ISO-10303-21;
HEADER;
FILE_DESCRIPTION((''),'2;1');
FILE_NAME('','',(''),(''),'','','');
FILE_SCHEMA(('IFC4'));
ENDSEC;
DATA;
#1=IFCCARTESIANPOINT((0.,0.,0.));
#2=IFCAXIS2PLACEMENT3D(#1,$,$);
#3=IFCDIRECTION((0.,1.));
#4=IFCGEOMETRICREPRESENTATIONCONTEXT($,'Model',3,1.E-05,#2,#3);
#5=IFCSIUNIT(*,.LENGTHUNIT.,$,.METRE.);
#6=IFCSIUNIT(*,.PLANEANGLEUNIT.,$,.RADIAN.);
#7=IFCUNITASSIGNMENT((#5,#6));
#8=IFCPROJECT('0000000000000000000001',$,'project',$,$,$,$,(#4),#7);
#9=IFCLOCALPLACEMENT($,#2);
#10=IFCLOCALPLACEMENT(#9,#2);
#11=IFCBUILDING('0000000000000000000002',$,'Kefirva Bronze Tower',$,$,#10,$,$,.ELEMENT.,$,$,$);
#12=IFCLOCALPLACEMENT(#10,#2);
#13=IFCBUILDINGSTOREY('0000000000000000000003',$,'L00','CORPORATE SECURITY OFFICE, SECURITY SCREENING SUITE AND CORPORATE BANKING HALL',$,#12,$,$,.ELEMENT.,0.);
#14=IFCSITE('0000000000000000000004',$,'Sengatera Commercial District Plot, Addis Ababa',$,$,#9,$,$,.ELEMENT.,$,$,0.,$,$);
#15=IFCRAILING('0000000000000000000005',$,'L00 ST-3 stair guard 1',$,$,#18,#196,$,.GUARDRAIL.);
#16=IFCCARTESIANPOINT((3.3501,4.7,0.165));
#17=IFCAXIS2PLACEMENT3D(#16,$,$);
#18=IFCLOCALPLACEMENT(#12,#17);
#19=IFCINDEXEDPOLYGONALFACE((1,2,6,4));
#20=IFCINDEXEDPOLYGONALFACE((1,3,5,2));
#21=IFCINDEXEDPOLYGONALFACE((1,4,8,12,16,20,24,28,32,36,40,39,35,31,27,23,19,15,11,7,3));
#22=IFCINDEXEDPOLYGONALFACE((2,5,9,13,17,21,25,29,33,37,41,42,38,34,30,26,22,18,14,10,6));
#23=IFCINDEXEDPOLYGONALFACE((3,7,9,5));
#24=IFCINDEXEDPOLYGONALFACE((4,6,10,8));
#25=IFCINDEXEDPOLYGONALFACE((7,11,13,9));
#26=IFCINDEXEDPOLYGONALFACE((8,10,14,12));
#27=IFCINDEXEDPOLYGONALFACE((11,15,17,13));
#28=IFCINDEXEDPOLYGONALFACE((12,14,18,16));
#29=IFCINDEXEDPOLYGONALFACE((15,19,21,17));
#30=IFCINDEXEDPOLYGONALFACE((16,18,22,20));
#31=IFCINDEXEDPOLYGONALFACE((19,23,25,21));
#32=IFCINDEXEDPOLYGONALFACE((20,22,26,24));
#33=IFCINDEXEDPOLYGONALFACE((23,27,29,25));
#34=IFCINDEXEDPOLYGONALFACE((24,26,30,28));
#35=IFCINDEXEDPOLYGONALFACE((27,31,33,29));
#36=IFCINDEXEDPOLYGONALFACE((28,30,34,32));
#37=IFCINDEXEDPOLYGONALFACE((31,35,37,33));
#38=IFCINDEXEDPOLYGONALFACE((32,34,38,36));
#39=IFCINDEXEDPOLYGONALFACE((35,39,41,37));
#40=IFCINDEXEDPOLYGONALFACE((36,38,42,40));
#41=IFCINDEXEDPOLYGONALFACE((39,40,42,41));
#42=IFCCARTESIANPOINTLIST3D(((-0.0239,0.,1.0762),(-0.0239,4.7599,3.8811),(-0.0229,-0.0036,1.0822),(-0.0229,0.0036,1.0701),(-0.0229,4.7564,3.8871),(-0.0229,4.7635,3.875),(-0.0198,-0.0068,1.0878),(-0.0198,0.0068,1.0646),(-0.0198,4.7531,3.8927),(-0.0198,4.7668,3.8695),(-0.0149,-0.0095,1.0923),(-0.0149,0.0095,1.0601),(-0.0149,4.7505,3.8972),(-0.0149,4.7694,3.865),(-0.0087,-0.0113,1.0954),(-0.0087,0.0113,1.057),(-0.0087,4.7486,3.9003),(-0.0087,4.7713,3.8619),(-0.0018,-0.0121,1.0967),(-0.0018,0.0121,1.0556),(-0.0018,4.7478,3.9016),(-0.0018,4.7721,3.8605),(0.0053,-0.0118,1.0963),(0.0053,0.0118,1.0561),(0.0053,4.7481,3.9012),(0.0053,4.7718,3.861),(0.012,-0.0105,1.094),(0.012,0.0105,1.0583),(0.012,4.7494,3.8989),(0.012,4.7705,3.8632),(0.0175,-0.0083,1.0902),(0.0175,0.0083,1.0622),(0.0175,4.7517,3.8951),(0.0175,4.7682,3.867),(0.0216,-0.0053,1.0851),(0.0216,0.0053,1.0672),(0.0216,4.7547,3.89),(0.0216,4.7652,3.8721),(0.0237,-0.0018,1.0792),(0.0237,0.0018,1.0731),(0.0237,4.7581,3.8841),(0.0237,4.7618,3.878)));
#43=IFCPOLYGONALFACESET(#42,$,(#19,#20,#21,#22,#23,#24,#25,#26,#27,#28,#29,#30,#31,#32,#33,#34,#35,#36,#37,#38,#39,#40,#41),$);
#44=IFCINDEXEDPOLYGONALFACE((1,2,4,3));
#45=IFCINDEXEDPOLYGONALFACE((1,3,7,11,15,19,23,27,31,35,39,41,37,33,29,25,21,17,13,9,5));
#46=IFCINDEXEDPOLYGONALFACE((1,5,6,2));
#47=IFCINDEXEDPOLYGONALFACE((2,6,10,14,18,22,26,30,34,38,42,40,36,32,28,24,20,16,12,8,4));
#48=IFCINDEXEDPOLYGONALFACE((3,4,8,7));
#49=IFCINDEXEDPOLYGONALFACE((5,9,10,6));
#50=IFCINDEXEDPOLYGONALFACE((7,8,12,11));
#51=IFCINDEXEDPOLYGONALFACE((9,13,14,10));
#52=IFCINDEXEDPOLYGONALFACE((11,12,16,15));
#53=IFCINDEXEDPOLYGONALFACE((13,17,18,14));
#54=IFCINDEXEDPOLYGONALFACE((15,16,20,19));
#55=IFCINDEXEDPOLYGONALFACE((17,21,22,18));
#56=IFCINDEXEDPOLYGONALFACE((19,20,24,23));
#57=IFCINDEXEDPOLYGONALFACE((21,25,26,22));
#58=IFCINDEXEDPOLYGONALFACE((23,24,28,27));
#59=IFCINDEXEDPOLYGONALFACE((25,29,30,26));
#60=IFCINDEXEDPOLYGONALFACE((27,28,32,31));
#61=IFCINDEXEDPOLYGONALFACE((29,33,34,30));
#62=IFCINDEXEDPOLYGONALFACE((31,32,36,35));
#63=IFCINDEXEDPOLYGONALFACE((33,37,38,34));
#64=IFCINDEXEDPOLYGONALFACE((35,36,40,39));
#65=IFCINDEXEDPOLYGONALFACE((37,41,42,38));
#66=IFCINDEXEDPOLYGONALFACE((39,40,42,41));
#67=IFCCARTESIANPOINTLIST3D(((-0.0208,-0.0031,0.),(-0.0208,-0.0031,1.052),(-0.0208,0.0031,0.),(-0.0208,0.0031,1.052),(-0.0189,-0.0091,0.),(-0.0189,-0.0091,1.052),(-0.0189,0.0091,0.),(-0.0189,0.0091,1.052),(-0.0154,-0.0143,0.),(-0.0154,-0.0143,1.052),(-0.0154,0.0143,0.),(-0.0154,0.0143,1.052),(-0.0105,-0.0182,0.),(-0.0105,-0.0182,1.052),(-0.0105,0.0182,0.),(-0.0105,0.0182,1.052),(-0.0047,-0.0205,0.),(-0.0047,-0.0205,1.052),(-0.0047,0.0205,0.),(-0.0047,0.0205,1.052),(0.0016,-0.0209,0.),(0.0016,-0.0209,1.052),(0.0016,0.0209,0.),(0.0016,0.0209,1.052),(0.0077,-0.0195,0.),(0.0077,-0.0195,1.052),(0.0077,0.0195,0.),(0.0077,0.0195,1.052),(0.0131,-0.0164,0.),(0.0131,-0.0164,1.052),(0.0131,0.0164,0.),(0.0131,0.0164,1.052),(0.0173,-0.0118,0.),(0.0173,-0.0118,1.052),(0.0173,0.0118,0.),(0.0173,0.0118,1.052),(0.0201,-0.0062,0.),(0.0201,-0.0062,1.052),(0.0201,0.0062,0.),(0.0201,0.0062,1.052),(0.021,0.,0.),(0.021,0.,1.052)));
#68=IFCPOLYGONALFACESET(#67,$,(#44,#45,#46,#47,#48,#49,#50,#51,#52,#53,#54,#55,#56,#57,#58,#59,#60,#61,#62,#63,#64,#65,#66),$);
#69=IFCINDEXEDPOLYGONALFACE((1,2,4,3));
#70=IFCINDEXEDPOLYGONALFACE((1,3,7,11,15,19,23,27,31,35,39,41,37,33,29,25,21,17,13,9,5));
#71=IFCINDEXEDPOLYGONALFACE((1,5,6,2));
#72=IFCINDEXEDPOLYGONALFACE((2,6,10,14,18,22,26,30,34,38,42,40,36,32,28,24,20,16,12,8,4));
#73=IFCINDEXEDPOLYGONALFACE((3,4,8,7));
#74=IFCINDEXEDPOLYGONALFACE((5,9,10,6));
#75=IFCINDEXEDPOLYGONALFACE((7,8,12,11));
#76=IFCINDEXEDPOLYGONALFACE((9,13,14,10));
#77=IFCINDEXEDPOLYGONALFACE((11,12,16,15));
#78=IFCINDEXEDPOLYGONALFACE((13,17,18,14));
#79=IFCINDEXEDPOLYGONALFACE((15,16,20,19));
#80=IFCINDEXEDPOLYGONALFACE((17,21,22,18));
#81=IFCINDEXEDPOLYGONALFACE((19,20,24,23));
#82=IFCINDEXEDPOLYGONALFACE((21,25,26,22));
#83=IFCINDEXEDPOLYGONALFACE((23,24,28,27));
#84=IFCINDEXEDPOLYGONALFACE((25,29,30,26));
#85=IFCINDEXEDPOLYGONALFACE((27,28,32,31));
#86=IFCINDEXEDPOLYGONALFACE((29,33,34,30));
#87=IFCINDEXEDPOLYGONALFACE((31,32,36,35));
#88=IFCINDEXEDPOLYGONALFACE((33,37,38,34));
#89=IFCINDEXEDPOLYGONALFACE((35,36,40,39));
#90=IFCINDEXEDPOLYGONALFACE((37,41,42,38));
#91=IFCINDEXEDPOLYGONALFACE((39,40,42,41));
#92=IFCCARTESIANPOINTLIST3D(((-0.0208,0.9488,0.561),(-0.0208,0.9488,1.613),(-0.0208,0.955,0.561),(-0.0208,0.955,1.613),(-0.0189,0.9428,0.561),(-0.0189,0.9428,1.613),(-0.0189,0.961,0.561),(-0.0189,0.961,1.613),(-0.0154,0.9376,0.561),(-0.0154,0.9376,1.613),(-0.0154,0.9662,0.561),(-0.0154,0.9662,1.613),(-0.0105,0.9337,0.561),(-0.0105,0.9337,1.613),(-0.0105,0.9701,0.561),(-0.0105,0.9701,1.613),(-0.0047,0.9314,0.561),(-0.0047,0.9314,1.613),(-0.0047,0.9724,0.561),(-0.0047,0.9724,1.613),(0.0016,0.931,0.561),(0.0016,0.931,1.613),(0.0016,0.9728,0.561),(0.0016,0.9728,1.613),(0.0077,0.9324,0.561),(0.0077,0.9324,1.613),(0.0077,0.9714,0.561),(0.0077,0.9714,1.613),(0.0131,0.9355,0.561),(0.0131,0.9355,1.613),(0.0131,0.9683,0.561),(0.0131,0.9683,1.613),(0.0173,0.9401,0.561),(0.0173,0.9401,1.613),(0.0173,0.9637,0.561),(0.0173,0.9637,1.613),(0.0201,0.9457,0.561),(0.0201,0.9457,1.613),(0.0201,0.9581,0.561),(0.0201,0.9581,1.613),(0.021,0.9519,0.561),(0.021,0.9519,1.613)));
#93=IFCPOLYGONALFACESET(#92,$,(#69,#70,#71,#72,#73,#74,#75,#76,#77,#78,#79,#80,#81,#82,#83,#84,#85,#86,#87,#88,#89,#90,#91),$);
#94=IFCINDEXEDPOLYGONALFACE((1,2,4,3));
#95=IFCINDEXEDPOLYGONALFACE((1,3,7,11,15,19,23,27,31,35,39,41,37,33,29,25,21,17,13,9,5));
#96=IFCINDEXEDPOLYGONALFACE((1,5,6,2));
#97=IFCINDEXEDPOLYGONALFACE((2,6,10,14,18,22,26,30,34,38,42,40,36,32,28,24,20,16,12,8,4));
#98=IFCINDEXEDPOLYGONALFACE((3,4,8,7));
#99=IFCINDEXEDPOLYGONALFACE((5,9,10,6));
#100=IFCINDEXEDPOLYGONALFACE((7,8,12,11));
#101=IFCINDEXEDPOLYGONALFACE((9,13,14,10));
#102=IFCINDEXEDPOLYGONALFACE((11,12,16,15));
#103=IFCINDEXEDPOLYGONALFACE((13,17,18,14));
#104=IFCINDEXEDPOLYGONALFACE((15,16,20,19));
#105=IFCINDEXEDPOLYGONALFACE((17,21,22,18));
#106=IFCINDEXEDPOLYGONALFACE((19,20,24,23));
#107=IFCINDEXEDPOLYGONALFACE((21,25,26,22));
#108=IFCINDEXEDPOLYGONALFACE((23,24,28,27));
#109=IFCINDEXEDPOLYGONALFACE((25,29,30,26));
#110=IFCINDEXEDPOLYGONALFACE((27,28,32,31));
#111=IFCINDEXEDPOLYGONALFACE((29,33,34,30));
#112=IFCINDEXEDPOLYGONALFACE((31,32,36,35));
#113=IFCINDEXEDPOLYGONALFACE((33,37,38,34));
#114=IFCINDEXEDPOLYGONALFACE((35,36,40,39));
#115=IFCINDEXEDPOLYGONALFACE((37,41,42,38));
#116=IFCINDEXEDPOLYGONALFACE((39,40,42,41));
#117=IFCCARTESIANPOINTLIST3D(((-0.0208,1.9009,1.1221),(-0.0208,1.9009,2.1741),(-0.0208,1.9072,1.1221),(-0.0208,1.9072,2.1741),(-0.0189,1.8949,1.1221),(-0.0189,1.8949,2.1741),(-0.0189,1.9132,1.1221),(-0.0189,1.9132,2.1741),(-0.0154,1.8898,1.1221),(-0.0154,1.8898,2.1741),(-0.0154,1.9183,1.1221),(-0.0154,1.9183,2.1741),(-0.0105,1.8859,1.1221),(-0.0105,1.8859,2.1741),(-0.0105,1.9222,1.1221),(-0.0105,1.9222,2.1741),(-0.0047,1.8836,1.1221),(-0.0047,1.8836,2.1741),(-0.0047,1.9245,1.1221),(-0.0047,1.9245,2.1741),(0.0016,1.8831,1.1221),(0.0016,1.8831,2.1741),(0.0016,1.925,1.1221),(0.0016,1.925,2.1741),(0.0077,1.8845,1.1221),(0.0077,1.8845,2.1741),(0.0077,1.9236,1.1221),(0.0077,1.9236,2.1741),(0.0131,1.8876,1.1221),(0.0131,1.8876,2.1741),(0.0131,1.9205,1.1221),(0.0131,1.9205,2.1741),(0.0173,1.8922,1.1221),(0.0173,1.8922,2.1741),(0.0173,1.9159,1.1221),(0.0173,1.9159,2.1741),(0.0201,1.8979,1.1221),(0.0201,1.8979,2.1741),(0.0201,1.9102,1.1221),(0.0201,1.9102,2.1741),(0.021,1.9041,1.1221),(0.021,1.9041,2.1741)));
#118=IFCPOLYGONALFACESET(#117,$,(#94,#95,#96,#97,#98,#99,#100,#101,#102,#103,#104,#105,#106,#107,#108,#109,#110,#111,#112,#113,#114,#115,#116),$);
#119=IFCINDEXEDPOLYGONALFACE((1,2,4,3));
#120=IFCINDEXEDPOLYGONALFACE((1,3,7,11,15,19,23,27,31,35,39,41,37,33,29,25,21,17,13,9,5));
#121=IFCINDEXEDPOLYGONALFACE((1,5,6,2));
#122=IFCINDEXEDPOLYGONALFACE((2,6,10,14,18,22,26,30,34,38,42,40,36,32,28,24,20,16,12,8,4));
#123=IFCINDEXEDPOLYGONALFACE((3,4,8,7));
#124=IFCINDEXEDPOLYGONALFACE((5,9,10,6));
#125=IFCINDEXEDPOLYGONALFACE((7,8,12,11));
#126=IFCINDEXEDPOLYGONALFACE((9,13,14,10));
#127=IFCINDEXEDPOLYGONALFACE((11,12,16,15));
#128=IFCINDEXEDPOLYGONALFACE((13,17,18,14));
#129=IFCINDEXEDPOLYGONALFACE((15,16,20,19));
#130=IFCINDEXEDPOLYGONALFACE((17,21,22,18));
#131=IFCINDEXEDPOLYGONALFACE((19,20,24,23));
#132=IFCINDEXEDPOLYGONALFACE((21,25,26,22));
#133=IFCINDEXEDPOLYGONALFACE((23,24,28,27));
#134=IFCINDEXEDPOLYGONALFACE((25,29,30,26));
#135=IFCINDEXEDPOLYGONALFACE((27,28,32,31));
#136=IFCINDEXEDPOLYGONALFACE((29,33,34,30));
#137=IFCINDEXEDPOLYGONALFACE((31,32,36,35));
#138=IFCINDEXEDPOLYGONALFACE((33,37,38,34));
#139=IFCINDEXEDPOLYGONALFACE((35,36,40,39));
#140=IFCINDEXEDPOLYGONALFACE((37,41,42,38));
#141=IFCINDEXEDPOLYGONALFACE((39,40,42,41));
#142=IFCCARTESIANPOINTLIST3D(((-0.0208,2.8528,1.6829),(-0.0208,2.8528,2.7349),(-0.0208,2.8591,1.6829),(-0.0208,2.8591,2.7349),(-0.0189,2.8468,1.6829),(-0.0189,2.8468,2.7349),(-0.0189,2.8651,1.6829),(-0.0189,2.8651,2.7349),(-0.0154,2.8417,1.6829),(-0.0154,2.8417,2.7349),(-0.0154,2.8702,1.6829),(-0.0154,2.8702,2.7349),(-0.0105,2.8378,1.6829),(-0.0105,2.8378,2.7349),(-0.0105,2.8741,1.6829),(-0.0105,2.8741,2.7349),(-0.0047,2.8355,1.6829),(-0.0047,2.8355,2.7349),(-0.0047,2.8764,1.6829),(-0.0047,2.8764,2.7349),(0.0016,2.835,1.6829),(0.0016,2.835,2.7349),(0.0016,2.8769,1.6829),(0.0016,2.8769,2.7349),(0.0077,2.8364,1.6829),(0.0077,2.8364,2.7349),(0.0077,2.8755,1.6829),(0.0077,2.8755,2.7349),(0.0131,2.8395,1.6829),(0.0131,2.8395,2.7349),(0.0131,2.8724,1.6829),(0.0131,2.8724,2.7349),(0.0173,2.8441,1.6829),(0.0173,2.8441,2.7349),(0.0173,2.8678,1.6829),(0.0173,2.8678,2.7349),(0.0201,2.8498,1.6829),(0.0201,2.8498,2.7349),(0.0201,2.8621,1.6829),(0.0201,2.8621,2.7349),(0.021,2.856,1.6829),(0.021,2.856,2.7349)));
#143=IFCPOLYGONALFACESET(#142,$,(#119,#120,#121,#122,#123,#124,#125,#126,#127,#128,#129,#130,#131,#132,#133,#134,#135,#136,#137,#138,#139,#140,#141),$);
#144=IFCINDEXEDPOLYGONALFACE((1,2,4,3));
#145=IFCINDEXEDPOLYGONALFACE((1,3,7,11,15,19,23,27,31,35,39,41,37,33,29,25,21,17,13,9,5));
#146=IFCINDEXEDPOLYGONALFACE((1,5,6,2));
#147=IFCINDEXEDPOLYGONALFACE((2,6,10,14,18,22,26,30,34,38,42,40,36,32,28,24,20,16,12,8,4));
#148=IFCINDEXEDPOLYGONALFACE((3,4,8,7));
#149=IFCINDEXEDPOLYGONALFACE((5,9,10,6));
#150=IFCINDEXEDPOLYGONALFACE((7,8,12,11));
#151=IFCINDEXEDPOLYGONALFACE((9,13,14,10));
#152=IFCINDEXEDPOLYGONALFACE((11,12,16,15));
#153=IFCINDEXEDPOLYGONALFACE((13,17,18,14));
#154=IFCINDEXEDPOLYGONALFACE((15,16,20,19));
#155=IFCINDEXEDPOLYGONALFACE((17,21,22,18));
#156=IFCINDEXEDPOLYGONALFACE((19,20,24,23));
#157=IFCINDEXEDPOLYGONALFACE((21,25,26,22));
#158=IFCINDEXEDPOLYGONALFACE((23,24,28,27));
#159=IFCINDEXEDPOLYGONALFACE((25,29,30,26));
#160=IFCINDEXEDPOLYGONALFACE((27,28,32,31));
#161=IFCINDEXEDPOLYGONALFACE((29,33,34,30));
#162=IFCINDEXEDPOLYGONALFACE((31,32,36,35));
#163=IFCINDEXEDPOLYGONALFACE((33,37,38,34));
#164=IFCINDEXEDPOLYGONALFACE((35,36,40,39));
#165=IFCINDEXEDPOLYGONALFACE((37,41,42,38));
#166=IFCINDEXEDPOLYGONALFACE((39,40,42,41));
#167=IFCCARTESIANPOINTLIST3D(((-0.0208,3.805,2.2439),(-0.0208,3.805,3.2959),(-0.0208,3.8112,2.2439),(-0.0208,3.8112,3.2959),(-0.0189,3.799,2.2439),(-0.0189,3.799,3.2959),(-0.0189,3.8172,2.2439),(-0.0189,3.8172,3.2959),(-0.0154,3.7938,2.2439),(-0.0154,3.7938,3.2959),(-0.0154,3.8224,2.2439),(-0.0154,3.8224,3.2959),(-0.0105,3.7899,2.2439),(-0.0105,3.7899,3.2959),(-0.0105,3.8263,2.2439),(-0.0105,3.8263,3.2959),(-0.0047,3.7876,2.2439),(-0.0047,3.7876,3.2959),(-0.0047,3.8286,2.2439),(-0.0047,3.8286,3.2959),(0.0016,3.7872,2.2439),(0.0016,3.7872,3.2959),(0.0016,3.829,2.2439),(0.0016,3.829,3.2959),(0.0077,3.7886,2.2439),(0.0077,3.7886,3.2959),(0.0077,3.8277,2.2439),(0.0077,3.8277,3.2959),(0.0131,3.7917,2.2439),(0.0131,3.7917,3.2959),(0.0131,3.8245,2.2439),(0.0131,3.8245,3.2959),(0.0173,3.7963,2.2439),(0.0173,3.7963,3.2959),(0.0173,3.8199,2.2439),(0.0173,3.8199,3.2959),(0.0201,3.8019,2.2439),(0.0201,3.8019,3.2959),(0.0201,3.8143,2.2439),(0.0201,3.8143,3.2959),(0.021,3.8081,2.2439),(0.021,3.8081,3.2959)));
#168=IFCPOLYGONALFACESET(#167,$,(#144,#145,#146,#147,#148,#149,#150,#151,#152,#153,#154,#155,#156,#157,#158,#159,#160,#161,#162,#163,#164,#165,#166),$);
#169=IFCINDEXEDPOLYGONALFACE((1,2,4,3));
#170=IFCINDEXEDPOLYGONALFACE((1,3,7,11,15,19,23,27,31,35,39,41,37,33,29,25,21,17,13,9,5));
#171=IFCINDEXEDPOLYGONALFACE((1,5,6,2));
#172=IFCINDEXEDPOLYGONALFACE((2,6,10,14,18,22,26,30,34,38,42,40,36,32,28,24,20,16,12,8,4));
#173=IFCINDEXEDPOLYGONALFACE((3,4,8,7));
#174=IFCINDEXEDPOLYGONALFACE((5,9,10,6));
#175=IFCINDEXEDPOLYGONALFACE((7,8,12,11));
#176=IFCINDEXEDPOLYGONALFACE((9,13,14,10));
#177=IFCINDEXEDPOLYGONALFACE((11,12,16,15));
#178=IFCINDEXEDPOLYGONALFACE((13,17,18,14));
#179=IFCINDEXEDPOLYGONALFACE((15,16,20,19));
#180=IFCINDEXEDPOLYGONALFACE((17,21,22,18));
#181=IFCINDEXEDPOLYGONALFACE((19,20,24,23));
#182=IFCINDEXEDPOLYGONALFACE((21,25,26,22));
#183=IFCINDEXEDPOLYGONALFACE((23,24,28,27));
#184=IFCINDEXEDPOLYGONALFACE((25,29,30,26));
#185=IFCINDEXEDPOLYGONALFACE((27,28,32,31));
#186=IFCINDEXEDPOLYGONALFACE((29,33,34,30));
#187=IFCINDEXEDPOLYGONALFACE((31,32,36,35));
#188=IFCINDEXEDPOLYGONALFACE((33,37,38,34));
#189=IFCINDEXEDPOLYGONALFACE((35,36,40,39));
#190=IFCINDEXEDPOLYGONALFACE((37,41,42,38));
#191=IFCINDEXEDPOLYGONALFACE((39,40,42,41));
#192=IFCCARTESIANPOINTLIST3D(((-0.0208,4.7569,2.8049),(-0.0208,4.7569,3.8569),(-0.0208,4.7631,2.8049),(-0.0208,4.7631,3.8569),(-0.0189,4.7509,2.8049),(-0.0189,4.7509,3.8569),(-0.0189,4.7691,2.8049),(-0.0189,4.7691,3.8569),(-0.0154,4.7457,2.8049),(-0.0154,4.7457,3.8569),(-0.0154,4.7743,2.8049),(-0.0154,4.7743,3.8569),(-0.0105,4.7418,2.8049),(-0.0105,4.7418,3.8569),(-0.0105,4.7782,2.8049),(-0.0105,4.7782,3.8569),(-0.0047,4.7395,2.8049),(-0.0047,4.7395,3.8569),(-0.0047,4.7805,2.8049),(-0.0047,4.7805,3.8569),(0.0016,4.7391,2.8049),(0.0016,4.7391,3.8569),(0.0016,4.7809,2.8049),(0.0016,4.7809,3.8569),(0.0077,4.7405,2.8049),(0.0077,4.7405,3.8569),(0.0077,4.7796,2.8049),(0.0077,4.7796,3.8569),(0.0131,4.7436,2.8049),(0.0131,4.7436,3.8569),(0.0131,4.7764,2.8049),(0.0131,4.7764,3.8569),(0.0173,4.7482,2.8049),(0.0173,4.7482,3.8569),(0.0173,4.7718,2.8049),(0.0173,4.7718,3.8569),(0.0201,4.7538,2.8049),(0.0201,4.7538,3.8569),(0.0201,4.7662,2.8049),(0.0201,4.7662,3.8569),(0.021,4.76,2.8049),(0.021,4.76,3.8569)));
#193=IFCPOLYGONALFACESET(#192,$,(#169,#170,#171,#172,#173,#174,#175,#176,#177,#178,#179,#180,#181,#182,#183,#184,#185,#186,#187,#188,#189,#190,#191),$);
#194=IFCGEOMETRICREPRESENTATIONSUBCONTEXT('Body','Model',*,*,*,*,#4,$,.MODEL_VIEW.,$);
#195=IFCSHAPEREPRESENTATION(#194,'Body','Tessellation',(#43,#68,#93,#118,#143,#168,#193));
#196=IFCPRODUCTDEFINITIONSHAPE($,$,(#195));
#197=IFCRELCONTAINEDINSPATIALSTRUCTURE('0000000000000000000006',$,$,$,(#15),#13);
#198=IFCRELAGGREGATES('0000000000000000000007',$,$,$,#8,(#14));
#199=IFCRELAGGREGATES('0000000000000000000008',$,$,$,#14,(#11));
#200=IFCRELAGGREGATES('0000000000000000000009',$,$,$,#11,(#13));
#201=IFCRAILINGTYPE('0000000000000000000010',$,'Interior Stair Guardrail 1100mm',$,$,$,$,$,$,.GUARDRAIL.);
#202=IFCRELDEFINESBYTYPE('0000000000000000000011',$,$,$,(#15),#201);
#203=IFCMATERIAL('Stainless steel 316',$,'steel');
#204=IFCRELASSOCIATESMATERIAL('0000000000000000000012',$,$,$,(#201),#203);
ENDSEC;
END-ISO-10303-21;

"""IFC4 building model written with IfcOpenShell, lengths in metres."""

from ifc_helpers import new_model, si_unit, direction, frame, origin, origin_2d, place, context, subcontext, project, spatial, circle, extrude, material, type_object, element, save


model = new_model("IFC4")

# Units and contexts
model_context = context("Model", 3, precision=1e-05, world=origin(), true_north=direction((0.0, 1.0)))
body_context = subcontext(model_context, "Body", "Model", "MODEL_VIEW")
ifc_project = project(units=[si_unit("LENGTHUNIT", "METRE"), si_unit("PLANEANGLEUNIT", "RADIAN")], contexts=[model_context])

# Site, building, storey
site_placement = place(None, origin())
site = spatial("IfcSite", under=ifc_project, at=site_placement, Name="Sengatera Commercial District Plot, Addis Ababa", CompositionType="ELEMENT", RefElevation=0.0)
building_placement = place(site_placement, origin())
building = spatial("IfcBuilding", under=site, at=building_placement, Name="Kefirva Bronze Tower", CompositionType="ELEMENT")
storey_placement = place(building_placement, origin())
storey = spatial("IfcBuildingStorey", under=building, at=storey_placement, Name="L00", Description="CORPORATE SECURITY OFFICE, SECURITY SCREENING SUITE AND CORPORATE BANKING HALL", CompositionType="ELEMENT", Elevation=0.0)

# Railing
ifc_material_1 = material(Name="Stainless steel 316", Category="steel")
railing_type = type_object("IfcRailingType", Name="Interior Stair Guardrail 1100mm", PredefinedType="GUARDRAIL", material=ifc_material_1)
railing_1_placement = place(storey_placement, frame((3.3501, 4.7, 0.165)))
element("IfcRailing", 1, at=railing_1_placement, inside=storey, type_object=railing_type, Name="L00 ST-3 stair guard 1", PredefinedType="GUARDRAIL", context=body_context, shape_type="SweptSolid", body=[
    extrude(circle(Radius=0.0239, at=origin_2d()), frame((0.0, 0.0, 1.0762), z_axis=(0.0, 0.861544, 0.507682), x_axis=(-1.0, 0.0, 0.0)), (0.0, 0.0, 1.0), 5.5249),
    extrude(circle(Radius=0.021, at=origin_2d()), origin(), (0.0, 0.0, 1.0), 1.052),
    extrude(circle(Radius=0.021, at=origin_2d()), frame((0.0, 0.9519, 0.561)), (0.0, 0.0, 1.0), 1.052),
    extrude(circle(Radius=0.021, at=origin_2d()), frame((0.0, 1.9041, 1.1221)), (0.0, 0.0, 1.0), 1.052),
    extrude(circle(Radius=0.021, at=origin_2d()), frame((0.0, 2.856, 1.6829)), (0.0, 0.0, 1.0), 1.052),
    extrude(circle(Radius=0.021, at=origin_2d()), frame((0.0, 3.8081, 2.2439)), (0.0, 0.0, 1.0), 1.052),
    extrude(circle(Radius=0.021, at=origin_2d()), frame((0.0, 4.76, 2.8049)), (0.0, 0.0, 1.0), 1.052),
])

save(model, "model.ifc")
